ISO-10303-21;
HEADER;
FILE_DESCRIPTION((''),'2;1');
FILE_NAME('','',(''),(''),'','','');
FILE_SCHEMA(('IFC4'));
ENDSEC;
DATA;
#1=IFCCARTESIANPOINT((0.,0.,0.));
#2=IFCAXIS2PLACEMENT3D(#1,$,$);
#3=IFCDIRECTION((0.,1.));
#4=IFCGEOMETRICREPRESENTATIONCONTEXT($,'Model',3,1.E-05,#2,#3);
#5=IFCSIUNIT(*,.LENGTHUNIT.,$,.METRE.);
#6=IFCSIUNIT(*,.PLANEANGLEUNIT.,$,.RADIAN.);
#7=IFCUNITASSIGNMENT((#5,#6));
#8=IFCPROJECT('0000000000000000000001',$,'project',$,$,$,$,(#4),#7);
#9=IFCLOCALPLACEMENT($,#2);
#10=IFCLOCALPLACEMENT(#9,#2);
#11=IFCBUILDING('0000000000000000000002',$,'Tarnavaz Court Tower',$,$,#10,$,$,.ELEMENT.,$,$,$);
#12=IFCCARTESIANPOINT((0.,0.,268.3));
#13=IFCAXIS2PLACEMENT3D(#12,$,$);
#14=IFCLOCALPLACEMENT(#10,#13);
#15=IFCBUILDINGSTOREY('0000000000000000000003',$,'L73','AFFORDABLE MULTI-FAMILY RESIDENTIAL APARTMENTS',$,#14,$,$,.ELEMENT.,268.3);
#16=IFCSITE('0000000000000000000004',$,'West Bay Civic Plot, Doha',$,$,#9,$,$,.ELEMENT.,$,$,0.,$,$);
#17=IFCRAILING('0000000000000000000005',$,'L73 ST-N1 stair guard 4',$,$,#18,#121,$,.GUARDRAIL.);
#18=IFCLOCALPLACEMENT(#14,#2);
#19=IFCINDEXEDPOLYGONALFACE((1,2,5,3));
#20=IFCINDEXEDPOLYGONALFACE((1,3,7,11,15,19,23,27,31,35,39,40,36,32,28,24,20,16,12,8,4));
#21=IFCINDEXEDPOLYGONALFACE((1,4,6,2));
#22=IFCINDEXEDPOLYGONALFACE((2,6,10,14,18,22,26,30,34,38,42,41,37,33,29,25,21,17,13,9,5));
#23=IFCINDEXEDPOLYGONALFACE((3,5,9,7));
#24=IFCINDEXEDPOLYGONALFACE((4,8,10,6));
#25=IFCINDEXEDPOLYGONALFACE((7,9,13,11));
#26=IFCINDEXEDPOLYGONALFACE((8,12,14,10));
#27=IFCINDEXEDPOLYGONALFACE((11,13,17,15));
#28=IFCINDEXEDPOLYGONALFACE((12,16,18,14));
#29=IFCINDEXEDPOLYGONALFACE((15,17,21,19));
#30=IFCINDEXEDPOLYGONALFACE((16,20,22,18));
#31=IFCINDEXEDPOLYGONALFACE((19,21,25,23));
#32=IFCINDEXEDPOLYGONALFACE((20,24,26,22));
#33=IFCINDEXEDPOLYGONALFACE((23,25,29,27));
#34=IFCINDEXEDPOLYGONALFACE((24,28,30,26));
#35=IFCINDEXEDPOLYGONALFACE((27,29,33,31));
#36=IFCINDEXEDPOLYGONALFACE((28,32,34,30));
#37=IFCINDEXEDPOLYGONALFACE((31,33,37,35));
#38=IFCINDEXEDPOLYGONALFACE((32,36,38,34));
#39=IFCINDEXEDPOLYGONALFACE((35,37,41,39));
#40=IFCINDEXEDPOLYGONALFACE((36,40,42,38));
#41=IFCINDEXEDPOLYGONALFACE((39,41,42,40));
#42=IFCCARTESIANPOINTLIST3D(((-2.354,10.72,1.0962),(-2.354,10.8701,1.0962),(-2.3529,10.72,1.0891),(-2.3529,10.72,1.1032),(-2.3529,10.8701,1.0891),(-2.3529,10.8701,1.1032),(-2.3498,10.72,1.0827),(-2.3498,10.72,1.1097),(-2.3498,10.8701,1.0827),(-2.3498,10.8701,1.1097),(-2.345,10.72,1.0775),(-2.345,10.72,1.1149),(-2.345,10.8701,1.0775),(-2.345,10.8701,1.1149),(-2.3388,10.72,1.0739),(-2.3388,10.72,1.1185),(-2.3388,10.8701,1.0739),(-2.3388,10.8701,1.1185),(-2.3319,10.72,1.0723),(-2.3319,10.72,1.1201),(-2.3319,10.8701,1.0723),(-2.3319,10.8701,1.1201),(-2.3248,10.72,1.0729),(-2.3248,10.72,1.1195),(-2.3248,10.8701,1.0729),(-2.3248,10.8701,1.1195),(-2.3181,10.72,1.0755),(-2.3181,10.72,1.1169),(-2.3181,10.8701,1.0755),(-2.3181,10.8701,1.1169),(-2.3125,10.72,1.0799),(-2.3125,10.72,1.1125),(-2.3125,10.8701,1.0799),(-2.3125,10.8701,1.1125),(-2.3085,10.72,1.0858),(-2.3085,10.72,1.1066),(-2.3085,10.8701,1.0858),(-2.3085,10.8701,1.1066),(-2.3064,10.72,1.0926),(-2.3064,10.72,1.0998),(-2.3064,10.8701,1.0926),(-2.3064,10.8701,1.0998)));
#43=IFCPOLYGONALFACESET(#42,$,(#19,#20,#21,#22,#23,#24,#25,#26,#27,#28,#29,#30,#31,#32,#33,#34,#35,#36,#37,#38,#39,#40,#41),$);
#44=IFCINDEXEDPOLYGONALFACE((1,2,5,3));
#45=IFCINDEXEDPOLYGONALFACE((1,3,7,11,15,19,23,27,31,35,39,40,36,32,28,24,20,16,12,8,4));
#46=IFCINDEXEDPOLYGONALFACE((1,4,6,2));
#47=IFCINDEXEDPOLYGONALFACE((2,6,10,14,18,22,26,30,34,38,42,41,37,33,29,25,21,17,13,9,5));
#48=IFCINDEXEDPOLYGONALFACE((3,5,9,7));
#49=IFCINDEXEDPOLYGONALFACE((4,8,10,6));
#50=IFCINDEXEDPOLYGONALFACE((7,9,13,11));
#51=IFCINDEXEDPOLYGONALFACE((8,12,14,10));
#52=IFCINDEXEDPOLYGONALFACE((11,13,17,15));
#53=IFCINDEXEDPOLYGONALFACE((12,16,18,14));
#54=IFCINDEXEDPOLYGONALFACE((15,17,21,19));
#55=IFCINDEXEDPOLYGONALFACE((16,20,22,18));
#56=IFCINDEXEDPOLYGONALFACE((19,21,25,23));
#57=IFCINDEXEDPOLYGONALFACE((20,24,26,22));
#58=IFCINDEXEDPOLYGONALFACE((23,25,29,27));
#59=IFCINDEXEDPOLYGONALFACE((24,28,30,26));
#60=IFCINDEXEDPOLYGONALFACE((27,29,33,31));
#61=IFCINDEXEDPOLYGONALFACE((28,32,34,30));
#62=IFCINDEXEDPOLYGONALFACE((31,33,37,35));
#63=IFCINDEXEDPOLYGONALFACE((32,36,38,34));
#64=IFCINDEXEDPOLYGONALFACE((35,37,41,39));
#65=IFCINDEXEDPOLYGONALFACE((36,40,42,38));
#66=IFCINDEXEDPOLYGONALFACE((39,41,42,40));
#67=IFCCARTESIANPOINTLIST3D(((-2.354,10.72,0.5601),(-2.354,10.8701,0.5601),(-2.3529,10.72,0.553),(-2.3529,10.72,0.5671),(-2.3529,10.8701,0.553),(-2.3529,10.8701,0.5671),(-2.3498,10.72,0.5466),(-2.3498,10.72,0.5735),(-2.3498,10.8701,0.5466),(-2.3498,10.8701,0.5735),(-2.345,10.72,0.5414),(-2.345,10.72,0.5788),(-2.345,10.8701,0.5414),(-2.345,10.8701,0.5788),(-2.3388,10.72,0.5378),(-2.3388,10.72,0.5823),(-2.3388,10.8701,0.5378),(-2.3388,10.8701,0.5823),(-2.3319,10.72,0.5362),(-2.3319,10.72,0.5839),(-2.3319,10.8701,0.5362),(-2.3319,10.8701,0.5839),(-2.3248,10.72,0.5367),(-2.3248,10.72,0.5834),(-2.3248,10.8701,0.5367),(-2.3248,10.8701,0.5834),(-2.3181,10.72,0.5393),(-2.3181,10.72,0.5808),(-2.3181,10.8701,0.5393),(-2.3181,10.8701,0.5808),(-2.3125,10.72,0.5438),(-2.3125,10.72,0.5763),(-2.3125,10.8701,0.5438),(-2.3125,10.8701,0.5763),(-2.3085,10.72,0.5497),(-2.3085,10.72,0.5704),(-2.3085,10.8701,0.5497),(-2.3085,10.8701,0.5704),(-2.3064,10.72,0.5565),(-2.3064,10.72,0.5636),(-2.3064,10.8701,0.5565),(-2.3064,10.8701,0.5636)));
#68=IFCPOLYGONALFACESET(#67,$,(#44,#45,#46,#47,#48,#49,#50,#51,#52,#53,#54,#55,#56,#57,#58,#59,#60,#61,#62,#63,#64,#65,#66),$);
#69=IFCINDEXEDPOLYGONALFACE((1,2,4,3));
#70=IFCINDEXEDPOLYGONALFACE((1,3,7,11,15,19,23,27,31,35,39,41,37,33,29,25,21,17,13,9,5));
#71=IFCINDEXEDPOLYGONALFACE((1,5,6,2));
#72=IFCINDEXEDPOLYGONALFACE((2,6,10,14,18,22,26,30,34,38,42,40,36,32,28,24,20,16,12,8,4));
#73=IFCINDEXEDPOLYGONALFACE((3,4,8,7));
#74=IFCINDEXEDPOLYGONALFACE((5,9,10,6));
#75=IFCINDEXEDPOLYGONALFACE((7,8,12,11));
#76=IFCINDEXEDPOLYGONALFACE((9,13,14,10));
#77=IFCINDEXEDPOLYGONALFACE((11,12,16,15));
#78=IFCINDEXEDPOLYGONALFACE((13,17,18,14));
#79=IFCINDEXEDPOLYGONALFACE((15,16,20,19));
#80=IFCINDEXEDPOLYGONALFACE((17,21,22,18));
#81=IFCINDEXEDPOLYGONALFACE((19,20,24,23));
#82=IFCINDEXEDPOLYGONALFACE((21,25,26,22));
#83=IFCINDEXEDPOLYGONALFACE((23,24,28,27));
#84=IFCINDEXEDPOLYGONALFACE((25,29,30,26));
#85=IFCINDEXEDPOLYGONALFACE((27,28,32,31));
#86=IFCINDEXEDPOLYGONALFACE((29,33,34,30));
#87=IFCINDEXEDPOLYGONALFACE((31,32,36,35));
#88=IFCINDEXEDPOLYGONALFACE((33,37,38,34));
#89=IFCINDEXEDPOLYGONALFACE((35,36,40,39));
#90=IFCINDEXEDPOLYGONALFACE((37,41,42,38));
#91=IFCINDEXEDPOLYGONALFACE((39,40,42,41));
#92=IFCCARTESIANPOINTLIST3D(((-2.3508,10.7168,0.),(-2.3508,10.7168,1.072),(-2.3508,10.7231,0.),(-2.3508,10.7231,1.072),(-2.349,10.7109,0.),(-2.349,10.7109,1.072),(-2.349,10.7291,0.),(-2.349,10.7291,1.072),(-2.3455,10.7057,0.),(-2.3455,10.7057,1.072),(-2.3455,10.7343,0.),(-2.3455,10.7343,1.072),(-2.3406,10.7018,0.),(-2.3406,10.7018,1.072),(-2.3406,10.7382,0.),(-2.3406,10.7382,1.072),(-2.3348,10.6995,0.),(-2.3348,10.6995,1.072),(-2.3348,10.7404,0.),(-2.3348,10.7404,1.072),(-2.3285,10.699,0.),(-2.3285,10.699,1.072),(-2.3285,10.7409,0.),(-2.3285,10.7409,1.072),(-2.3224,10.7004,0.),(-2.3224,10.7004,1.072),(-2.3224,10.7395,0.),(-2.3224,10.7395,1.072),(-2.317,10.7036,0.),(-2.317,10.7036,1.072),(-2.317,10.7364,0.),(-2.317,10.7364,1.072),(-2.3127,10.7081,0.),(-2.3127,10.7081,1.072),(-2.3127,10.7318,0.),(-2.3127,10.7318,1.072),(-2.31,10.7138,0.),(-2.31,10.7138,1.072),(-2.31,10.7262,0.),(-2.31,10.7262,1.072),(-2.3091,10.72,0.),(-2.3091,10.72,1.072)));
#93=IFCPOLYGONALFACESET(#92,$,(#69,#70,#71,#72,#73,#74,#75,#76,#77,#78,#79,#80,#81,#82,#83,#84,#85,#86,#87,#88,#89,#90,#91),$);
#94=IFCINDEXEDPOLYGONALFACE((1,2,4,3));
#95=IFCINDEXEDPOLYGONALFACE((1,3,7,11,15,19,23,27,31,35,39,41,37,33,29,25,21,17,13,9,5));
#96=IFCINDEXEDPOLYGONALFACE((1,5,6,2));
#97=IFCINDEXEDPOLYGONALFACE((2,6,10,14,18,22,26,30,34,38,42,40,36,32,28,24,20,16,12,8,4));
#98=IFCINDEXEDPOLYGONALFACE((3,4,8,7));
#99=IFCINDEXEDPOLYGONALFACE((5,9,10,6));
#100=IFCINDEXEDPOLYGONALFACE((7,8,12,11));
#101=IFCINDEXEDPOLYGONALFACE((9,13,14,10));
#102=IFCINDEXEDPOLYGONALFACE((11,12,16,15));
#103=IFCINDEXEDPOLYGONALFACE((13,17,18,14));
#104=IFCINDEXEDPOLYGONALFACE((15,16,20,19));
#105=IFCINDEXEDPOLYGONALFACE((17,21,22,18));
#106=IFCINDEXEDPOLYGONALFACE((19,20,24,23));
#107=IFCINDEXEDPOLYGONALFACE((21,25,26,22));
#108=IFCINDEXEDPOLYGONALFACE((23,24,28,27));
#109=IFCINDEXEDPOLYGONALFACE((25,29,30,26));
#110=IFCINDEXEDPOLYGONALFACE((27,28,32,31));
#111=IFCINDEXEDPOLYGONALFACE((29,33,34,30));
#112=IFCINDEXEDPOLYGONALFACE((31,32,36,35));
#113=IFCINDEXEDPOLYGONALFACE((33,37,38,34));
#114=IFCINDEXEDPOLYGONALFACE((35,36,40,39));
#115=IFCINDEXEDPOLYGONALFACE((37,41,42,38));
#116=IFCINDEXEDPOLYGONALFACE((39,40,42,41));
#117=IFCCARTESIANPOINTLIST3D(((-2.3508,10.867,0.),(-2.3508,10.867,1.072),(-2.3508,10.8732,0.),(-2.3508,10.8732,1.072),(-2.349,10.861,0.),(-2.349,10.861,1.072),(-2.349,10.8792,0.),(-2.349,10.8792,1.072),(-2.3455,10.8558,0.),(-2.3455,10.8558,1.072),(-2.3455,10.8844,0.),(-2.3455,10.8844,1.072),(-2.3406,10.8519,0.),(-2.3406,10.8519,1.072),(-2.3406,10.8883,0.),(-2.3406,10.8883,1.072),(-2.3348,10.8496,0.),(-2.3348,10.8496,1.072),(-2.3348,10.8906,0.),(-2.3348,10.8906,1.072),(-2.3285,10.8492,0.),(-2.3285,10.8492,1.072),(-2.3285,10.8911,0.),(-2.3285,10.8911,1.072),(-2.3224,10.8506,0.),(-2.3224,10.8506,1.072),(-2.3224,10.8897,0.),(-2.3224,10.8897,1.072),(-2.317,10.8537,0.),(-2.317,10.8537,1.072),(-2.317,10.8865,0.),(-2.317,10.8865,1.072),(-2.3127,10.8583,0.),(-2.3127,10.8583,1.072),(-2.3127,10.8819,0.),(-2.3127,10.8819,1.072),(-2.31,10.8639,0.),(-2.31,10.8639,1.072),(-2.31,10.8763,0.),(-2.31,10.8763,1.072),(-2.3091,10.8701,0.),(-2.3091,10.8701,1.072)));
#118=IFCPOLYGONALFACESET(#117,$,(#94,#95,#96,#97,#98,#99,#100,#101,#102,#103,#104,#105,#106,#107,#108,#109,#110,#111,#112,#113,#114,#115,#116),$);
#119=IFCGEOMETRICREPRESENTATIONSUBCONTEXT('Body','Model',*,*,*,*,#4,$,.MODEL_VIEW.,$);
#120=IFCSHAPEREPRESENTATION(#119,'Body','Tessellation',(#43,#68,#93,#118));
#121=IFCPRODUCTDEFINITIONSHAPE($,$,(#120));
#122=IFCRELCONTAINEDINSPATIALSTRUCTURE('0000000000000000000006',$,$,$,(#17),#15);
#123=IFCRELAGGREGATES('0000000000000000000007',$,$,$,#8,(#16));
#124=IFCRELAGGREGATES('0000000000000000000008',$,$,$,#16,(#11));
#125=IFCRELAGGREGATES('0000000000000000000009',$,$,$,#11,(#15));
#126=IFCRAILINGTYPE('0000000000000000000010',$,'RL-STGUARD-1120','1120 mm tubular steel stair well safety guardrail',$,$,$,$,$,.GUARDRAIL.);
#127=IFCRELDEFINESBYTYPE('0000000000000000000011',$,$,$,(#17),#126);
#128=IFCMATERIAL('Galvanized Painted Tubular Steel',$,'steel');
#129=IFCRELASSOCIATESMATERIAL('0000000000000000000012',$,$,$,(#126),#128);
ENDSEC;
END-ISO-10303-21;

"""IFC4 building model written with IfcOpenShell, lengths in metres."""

from ifc_helpers import new_model, si_unit, direction, frame, origin, origin_2d, place, context, subcontext, project, spatial, circle, extrude, material, type_object, element, save


model = new_model("IFC4")

# Units and contexts
model_context = context("Model", 3, precision=1e-05, world=origin(), true_north=direction((0.0, 1.0)))
body_context = subcontext(model_context, "Body", "Model", "MODEL_VIEW")
ifc_project = project(units=[si_unit("LENGTHUNIT", "METRE"), si_unit("PLANEANGLEUNIT", "RADIAN")], contexts=[model_context])

# Site, building, storey
site_placement = place(None, origin())
site = spatial("IfcSite", under=ifc_project, at=site_placement, Name="West Bay Civic Plot, Doha", CompositionType="ELEMENT", RefElevation=0.0)
building_placement = place(site_placement, origin())
building = spatial("IfcBuilding", under=site, at=building_placement, Name="Tarnavaz Court Tower", CompositionType="ELEMENT")
storey_placement = place(building_placement, frame((0.0, 0.0, 268.3)))
storey = spatial("IfcBuildingStorey", under=building, at=storey_placement, Name="L73", Description="AFFORDABLE MULTI-FAMILY RESIDENTIAL APARTMENTS", CompositionType="ELEMENT", Elevation=268.3)

# Railing
ifc_material_1 = material(Name="Galvanized Painted Tubular Steel", Category="steel")
railing_type_1 = type_object("IfcRailingType", Name="RL-STGUARD-1120", Description="1120 mm tubular steel stair well safety guardrail", PredefinedType="GUARDRAIL", material=ifc_material_1)
railing_1_placement = place(storey_placement, frame((-2.3301, 10.72, 0.0)))
element("IfcRailing", 1, at=railing_1_placement, inside=storey, type_object=railing_type_1, Name="L73 ST-N1 stair guard 4", PredefinedType="GUARDRAIL", context=body_context, shape_type="SweptSolid", body=[
    extrude(circle(Radius=0.0239, at=origin_2d()), frame((0.0, 0.0, 1.0962), z_axis=(0.0, 1.0, 0.0), x_axis=(-1.0, 0.0, 0.0)), (0.0, 0.0, 1.0), 0.1501),
    extrude(circle(Radius=0.0239, at=origin_2d()), frame((0.0, 0.0, 0.5601), z_axis=(0.0, 1.0, 0.0), x_axis=(-1.0, 0.0, 0.0)), (0.0, 0.0, 1.0), 0.1501),
    extrude(circle(Radius=0.021, at=origin_2d()), origin(), (0.0, 0.0, 1.0), 1.072),
    extrude(circle(Radius=0.021, at=origin_2d()), frame((0.0, 0.1501, 0.0)), (0.0, 0.0, 1.0), 1.072),
])

save(model, "model.ifc")
